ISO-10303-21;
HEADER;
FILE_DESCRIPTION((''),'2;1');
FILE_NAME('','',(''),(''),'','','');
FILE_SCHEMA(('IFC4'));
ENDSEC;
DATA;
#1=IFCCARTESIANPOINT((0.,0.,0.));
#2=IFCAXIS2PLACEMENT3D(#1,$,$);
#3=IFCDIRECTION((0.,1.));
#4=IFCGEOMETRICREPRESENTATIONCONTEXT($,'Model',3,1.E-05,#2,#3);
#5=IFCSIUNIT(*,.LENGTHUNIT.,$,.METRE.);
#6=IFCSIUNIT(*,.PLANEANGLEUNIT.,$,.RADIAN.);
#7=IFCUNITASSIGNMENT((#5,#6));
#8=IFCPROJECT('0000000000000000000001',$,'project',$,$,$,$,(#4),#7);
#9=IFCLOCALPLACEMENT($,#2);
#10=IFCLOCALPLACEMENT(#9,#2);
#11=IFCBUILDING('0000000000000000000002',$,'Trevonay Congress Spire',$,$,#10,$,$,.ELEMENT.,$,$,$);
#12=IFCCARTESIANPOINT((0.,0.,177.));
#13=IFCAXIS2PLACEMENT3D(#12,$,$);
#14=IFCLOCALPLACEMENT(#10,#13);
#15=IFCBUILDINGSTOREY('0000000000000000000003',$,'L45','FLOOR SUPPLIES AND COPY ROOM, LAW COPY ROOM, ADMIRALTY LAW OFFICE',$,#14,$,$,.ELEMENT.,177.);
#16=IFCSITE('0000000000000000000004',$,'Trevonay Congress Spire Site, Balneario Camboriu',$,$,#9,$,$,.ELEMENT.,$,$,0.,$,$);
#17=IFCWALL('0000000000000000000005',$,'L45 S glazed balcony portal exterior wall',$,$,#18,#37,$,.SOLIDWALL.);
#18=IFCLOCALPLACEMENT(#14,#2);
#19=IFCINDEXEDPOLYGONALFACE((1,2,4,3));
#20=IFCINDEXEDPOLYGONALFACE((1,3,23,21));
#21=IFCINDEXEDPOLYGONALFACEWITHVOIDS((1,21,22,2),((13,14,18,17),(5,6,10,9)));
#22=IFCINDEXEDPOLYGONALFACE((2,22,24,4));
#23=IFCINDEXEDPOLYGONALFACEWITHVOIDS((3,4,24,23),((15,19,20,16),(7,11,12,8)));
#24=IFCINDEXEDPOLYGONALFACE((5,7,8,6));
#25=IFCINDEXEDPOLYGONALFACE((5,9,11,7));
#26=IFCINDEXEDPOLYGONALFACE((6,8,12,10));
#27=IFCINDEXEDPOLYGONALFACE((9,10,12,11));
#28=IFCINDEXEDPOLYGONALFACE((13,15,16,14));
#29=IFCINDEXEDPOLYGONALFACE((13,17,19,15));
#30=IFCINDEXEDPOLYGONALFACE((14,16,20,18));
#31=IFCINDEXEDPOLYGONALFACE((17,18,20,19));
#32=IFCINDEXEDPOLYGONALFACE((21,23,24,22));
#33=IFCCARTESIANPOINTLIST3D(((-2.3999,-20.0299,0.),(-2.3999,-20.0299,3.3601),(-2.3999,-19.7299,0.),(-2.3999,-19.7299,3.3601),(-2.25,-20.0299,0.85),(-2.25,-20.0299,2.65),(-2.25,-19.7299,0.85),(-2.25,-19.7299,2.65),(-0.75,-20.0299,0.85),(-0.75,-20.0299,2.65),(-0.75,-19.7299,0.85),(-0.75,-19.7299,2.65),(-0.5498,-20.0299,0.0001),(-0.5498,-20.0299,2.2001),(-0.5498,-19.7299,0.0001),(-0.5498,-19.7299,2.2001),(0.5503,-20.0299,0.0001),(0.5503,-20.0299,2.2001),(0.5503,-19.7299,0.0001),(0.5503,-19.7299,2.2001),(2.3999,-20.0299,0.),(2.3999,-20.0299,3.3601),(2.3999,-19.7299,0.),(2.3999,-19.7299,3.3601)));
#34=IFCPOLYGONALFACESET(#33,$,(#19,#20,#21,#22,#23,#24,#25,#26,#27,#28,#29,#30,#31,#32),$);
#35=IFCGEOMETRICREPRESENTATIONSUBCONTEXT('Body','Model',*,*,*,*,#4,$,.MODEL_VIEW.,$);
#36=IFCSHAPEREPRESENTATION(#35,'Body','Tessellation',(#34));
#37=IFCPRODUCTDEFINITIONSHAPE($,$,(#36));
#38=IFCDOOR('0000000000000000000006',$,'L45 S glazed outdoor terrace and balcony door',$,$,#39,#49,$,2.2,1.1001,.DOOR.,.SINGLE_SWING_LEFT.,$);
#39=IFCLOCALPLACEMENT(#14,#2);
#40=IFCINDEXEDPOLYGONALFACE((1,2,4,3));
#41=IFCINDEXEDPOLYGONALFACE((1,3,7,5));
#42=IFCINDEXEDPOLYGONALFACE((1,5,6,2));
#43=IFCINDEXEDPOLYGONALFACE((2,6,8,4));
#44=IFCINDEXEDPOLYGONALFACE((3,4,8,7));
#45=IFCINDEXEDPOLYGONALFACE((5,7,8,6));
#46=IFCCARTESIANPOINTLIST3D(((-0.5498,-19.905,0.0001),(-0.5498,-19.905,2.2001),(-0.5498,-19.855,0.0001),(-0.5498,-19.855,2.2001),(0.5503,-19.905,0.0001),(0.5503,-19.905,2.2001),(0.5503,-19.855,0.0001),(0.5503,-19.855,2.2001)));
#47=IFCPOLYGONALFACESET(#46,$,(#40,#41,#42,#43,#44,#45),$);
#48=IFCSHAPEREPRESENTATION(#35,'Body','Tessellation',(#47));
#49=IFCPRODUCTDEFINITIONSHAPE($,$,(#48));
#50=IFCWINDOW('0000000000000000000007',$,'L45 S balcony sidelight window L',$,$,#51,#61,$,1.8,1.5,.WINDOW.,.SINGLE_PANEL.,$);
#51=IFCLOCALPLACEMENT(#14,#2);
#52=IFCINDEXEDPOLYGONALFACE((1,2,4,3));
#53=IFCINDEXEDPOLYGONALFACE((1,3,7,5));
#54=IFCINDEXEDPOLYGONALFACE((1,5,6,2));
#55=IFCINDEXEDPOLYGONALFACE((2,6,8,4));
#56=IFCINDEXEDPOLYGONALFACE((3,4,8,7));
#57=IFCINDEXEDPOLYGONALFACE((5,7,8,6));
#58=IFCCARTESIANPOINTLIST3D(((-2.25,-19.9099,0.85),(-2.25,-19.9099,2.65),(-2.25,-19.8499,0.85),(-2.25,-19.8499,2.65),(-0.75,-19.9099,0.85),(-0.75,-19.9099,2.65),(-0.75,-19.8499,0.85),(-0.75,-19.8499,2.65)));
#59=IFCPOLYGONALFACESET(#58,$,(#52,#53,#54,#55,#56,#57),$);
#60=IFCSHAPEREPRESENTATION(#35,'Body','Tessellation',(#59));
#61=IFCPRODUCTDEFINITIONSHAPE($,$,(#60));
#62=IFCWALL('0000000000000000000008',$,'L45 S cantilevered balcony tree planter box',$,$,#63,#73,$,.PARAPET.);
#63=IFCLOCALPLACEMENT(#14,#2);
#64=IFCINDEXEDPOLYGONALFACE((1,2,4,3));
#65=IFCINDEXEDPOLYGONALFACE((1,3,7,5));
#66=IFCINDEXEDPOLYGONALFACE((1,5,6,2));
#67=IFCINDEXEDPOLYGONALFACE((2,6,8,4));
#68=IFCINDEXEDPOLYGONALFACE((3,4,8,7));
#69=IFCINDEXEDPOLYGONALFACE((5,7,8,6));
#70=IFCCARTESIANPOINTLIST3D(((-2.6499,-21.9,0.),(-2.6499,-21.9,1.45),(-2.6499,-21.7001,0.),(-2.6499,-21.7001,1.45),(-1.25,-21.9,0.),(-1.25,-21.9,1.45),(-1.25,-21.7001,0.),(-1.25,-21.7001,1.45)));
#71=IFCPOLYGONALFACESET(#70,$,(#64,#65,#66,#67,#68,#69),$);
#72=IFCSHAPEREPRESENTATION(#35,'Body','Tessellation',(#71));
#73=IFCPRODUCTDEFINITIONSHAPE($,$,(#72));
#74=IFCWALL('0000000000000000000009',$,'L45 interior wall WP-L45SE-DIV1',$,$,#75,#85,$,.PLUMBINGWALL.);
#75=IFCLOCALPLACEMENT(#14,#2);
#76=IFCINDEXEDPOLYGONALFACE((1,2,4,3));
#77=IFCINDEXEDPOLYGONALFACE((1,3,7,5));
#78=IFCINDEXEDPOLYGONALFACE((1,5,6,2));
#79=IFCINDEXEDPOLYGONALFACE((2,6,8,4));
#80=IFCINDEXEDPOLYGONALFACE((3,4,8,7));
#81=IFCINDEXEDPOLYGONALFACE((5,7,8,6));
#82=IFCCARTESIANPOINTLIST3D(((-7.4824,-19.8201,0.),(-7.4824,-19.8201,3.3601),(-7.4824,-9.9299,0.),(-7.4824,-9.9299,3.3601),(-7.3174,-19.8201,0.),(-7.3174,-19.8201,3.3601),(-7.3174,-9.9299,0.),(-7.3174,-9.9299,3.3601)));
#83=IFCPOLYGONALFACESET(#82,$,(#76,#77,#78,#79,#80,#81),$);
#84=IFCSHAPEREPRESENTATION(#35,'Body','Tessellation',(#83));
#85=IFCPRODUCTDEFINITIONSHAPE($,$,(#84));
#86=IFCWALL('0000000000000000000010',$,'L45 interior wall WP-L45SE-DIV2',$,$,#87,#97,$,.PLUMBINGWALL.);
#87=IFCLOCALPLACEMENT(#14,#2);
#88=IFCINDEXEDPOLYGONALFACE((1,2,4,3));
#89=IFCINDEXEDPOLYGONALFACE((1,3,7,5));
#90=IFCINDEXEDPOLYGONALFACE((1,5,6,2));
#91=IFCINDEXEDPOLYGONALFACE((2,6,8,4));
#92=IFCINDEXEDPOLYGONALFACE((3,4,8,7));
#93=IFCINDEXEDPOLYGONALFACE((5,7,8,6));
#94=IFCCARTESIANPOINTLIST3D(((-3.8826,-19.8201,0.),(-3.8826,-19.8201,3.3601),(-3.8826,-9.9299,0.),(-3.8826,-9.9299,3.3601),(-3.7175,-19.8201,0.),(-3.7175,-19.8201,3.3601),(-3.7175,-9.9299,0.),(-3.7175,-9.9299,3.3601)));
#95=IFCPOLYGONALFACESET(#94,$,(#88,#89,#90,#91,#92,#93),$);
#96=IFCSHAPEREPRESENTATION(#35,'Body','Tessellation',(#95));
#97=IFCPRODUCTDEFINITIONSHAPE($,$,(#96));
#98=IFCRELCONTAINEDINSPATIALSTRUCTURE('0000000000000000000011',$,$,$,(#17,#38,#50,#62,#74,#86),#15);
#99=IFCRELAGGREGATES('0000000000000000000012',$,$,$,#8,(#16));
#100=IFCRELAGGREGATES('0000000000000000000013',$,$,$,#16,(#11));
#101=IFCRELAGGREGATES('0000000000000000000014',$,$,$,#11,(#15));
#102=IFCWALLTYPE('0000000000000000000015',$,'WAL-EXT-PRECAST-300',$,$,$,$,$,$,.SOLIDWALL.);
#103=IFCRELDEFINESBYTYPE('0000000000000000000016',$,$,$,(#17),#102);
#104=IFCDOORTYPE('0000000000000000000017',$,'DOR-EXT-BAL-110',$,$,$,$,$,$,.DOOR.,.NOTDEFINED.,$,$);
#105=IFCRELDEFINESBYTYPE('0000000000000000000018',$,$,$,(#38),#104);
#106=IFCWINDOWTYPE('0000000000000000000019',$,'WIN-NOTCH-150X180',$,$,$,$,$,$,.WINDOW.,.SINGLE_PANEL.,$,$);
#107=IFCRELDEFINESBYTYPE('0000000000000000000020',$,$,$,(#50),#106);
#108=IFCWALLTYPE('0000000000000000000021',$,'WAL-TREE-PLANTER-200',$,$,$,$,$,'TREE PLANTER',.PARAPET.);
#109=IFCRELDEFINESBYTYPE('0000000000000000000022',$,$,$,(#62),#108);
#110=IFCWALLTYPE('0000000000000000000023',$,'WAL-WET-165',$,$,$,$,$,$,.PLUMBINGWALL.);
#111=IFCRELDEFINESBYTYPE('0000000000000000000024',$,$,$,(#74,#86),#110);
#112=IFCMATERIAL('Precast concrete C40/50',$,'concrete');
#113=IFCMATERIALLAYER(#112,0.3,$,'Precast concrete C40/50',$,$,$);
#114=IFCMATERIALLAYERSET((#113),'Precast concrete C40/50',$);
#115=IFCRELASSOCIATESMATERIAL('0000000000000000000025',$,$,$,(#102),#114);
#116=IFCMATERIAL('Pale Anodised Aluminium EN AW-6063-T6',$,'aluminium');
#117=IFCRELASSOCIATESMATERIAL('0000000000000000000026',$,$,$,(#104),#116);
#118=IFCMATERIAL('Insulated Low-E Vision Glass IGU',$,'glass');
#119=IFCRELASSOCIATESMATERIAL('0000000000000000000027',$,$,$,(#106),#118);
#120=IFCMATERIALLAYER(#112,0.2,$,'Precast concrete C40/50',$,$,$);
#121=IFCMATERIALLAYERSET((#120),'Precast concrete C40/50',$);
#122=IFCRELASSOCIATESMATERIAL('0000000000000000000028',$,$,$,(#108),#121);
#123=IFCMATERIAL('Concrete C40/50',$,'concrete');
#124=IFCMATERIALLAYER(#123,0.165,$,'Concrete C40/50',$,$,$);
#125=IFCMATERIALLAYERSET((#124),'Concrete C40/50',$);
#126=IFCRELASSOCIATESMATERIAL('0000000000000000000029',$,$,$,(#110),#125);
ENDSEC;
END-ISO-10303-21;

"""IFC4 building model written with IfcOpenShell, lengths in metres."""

from ifc_helpers import new_model, si_unit, direction, frame, frame_2d, origin, place, context, subcontext, project, spatial, rectangle, extrude, material, layer, layer_set, type_object, element, fill, save


model = new_model("IFC4")

# Units and contexts
model_context = context("Model", 3, precision=1e-05, world=origin(), true_north=direction((0.0, 1.0)))
body_context = subcontext(model_context, "Body", "Model", "MODEL_VIEW")
ifc_project = project(units=[si_unit("LENGTHUNIT", "METRE"), si_unit("PLANEANGLEUNIT", "RADIAN")], contexts=[model_context])

# Site, building, storey
site_placement = place(None, origin())
site = spatial("IfcSite", under=ifc_project, at=site_placement, Name="Trevonay Congress Spire Site, Balneario Camboriu", CompositionType="ELEMENT", RefElevation=0.0)
building_placement = place(site_placement, origin())
building = spatial("IfcBuilding", under=site, at=building_placement, Name="Trevonay Congress Spire", CompositionType="ELEMENT")
storey_placement = place(building_placement, frame((0.0, 0.0, 177.0)))
storey = spatial("IfcBuildingStorey", under=building, at=storey_placement, Name="L45", Description="FLOOR SUPPLIES AND COPY ROOM, LAW COPY ROOM, ADMIRALTY LAW OFFICE", CompositionType="ELEMENT", Elevation=177.0)

# Shared definitions
ifc_material_1 = material(Name="Pale Anodised Aluminium EN AW-6063-T6", Category="aluminium")
ifc_material_2 = material(Name="Insulated Low-E Vision Glass IGU", Category="glass")

# Shared definitions
ifc_material_3 = material(Name="Concrete C40/50", Category="concrete")

# Wall, openings, door, window
ifc_material_4 = material(Name="Precast concrete C40/50", Category="concrete")
ifc_layer_1 = layer(ifc_material_4, 0.3, Name="Precast concrete C40/50")
ifc_layer_set_1 = layer_set([ifc_layer_1], Name="Precast concrete C40/50")
wall_type_1 = type_object("IfcWallType", Name="WAL-EXT-PRECAST-300", PredefinedType="SOLIDWALL", material=ifc_layer_set_1)
wall_1_placement = place(storey_placement, frame((-2.3999, -19.8799, 0.0), z_axis=(0.0, 0.0, 1.0), x_axis=(1.0, 0.0, 0.0)))
wall_1 = element("IfcWall", 1, at=wall_1_placement, inside=storey, type_object=wall_type_1, Name="L45 S glazed balcony portal exterior wall", PredefinedType="SOLIDWALL", context=body_context, shape_type="SweptSolid", body=[
    extrude(rectangle(XDim=4.7998, YDim=0.3, at=frame_2d((2.3999, 0.0))), origin(), (0.0, 0.0, 1.0), 3.3601),
])
opening_1_placement = place(wall_1_placement, frame((1.8501, 0.0, 0.0)))
opening_1 = element("IfcOpeningElement", 2, at=opening_1_placement, cuts=wall_1, PredefinedType="OPENING", context=body_context, shape_type="SweptSolid", body=[
    extrude(rectangle(XDim=1.1001, YDim=2.2, at=frame_2d((0.55, 1.1001))), frame((0.0, 0.1602, 0.0), z_axis=(0.0, -1.0, 0.0), x_axis=(1.0, 0.0, 0.0)), (0.0, 0.0, 1.0), 0.3201),
])
opening_2_placement = place(wall_1_placement, frame((0.1499, 0.0, 0.8501)))
opening_2 = element("IfcOpeningElement", 3, at=opening_2_placement, cuts=wall_1, PredefinedType="OPENING", context=body_context, shape_type="SweptSolid", body=[
    extrude(rectangle(XDim=1.5, YDim=1.8, at=frame_2d((0.75, 0.8999))), frame((0.0, 0.1602, 0.0), z_axis=(0.0, -1.0, 0.0), x_axis=(1.0, 0.0, 0.0)), (0.0, 0.0, 1.0), 0.3201),
])
door_type_1 = type_object("IfcDoorType", Name="DOR-EXT-BAL-110", OperationType="NOTDEFINED", PredefinedType="DOOR", material=ifc_material_1)
door_1_placement = place(opening_1_placement, origin())
door_1 = element("IfcDoor", 4, at=door_1_placement, inside=storey, type_object=door_type_1, Name="L45 S glazed outdoor terrace and balcony door", OperationType="SINGLE_SWING_LEFT", OverallHeight=2.2, OverallWidth=1.1001, PredefinedType="DOOR", context=body_context, shape_type="SweptSolid", body=[
    extrude(rectangle(XDim=1.1001, YDim=2.2, at=frame_2d((0.55, 1.1001))), frame((0.0, 0.0249, 0.0), z_axis=(0.0, -1.0, 0.0), x_axis=(1.0, 0.0, 0.0)), (0.0, 0.0, 1.0), 0.05),
])
fill(opening_1, door_1)
window_type = type_object("IfcWindowType", Name="WIN-NOTCH-150X180", PartitioningType="SINGLE_PANEL", PredefinedType="WINDOW", material=ifc_material_2)
window_placement = place(opening_2_placement, origin())
window = element("IfcWindow", 5, at=window_placement, inside=storey, type_object=window_type, Name="L45 S balcony sidelight window L", OverallHeight=1.8, OverallWidth=1.5, PartitioningType="SINGLE_PANEL", PredefinedType="WINDOW", context=body_context, shape_type="SweptSolid", body=[
    extrude(rectangle(XDim=1.5, YDim=1.8, at=frame_2d((0.75, 0.8999))), frame((0.0, 0.03, 0.0), z_axis=(0.0, -1.0, 0.0), x_axis=(1.0, 0.0, 0.0)), (0.0, 0.0, 1.0), 0.0601),
])
fill(opening_2, window)

# Walls
ifc_layer_2 = layer(ifc_material_4, 0.2, Name="Precast concrete C40/50")
ifc_layer_set_2 = layer_set([ifc_layer_2], Name="Precast concrete C40/50")
wall_type_2 = type_object("IfcWallType", Name="WAL-TREE-PLANTER-200", ElementType="TREE PLANTER", PredefinedType="PARAPET", material=ifc_layer_set_2)
wall_2_placement = place(storey_placement, frame((-2.6499, -21.8, 0.0), z_axis=(0.0, 0.0, 1.0), x_axis=(1.0, 0.0, 0.0)))
element("IfcWall", 6, at=wall_2_placement, inside=storey, type_object=wall_type_2, Name="L45 S cantilevered balcony tree planter box", PredefinedType="PARAPET", context=body_context, shape_type="SweptSolid", body=[
    extrude(rectangle(XDim=1.3999, YDim=0.2, at=frame_2d((0.7, 0.0))), origin(), (0.0, 0.0, 1.0), 1.45),
])
ifc_layer_3 = layer(ifc_material_3, 0.165, Name="Concrete C40/50")
ifc_layer_set_3 = layer_set([ifc_layer_3], Name="Concrete C40/50")
wall_type_3 = type_object("IfcWallType", Name="WAL-WET-165", PredefinedType="PLUMBINGWALL", material=ifc_layer_set_3)
for number, where, z_axis, x_axis, name in (
    (7, (-7.3999, -19.8201, 0.0), (0.0, 0.0, 1.0), (0.0, 1.0, 0.0), "L45 interior wall WP-L45SE-DIV1"),
    (8, (-3.8, -19.8201, 0.0), (0.0, 0.0, 1.0), (0.0, 1.0, 0.0), "L45 interior wall WP-L45SE-DIV2"),
):
    element("IfcWall", number, at=place(storey_placement, frame(where, z_axis=z_axis, x_axis=x_axis)), inside=storey, type_object=wall_type_3, Name=name, PredefinedType="PLUMBINGWALL", context=body_context, shape_type="SweptSolid", body=[
        extrude(rectangle(XDim=9.8901, YDim=0.165, at=frame_2d((4.9451, 0.0))), origin(), (0.0, 0.0, 1.0), 3.3601),
    ])

save(model, "model.ifc")
